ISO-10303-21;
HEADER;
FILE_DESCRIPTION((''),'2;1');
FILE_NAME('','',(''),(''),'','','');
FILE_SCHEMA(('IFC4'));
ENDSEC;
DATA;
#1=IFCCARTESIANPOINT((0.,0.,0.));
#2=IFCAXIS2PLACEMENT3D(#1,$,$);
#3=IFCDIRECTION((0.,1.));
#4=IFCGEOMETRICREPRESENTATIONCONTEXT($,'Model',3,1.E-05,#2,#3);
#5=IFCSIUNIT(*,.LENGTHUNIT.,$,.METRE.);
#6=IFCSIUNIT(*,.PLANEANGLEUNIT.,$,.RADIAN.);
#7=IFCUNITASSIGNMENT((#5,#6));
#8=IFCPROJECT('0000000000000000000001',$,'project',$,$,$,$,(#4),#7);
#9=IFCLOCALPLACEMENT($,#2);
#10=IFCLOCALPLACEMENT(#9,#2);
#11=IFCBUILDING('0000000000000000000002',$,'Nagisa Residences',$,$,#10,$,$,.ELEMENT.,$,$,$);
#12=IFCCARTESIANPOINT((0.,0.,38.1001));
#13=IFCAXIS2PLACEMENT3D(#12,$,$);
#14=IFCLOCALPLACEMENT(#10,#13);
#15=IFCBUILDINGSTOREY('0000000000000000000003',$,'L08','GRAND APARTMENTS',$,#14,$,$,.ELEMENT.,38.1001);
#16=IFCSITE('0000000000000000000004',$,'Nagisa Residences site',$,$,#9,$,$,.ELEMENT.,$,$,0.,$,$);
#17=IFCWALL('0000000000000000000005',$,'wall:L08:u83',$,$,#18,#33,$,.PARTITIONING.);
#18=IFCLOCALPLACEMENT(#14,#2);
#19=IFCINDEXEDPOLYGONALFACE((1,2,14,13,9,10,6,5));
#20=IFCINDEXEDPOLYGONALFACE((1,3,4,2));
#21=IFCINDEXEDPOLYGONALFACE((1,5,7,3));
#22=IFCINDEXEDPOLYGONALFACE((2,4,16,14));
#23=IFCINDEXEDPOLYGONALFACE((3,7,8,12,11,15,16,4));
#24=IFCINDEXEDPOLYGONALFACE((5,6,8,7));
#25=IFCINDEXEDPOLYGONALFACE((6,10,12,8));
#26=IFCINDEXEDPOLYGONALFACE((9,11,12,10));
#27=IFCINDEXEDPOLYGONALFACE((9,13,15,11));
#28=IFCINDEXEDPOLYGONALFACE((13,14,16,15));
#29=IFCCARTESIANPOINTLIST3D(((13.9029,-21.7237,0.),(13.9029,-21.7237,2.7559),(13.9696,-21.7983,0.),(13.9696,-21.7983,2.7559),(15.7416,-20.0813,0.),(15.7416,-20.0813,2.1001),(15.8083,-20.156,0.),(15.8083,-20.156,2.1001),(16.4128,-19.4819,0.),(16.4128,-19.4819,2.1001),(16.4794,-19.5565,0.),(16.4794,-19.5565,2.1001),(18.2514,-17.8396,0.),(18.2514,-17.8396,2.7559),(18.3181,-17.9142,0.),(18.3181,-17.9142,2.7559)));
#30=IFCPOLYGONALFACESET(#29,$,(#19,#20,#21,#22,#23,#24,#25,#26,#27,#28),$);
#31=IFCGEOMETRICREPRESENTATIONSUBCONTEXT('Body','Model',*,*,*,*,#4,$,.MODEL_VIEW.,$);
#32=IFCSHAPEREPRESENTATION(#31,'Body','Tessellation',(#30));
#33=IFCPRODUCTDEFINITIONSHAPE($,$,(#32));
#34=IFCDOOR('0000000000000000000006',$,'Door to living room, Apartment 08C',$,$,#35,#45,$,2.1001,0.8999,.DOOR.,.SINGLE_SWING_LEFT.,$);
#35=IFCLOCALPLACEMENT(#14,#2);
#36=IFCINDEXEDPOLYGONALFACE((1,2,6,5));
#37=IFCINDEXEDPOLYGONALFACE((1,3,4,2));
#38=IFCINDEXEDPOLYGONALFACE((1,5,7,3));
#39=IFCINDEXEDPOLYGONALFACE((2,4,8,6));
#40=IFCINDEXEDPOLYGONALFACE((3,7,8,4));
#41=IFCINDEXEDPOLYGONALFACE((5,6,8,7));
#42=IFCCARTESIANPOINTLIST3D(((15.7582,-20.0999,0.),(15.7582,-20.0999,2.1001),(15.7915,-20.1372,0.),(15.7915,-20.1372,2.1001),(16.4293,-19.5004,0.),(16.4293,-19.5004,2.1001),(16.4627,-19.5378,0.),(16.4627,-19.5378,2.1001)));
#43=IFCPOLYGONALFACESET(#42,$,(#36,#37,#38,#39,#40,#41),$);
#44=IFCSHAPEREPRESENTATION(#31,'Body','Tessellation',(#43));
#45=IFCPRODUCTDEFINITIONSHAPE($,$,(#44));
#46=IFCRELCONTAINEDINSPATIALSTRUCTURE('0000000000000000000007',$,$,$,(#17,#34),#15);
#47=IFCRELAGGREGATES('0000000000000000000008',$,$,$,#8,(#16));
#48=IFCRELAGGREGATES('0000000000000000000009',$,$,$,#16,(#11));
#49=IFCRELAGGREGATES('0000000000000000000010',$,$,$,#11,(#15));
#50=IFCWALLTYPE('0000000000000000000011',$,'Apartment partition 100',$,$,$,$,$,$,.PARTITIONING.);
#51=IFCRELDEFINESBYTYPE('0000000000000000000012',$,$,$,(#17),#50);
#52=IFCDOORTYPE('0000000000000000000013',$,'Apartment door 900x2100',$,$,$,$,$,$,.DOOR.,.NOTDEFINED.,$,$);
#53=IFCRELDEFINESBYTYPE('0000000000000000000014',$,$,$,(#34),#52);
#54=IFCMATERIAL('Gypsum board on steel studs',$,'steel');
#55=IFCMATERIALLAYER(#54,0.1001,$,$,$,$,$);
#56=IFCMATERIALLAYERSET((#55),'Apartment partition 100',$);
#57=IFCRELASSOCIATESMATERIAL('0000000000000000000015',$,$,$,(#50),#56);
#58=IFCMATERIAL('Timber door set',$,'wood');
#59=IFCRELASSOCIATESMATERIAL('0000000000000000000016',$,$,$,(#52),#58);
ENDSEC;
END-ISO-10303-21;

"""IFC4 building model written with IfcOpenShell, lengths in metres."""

from ifc_helpers import new_model, si_unit, direction, frame, frame_2d, origin, place, context, subcontext, project, spatial, rectangle, extrude, material, layer, layer_set, type_object, element, fill, save


model = new_model("IFC4")

# Units and contexts
model_context = context("Model", 3, precision=1e-05, world=origin(), true_north=direction((0.0, 1.0)))
body_context = subcontext(model_context, "Body", "Model", "MODEL_VIEW")
ifc_project = project(units=[si_unit("LENGTHUNIT", "METRE"), si_unit("PLANEANGLEUNIT", "RADIAN")], contexts=[model_context])

# Site, building, storey
site_placement = place(None, origin())
site = spatial("IfcSite", under=ifc_project, at=site_placement, Name="Nagisa Residences site", CompositionType="ELEMENT", RefElevation=0.0)
building_placement = place(site_placement, origin())
building = spatial("IfcBuilding", under=site, at=building_placement, Name="Nagisa Residences", CompositionType="ELEMENT")
storey_placement = place(building_placement, frame((0.0, 0.0, 38.1001)))
storey = spatial("IfcBuildingStorey", under=building, at=storey_placement, Name="L08", Description="GRAND APARTMENTS", CompositionType="ELEMENT", Elevation=38.1001)

# Shared definitions
ifc_material_1 = material(Name="Gypsum board on steel studs", Category="steel")
ifc_layer_1 = layer(ifc_material_1, 0.1001)
ifc_layer_set_1 = layer_set([ifc_layer_1], Name="Apartment partition 100")
wall_type_1 = type_object("IfcWallType", Name="Apartment partition 100", PredefinedType="PARTITIONING", material=ifc_layer_set_1)

# Shared definitions
ifc_material_2 = material(Name="Timber door set", Category="wood")
door_type_1 = type_object("IfcDoorType", Name="Apartment door 900x2100", OperationType="NOTDEFINED", PredefinedType="DOOR", material=ifc_material_2)

# Wall, opening, door
wall_1_placement = place(storey_placement, frame((13.9363, -21.761, 0.0), z_axis=(0.0, 0.0, 1.0), x_axis=(0.745806, 0.666163, 0.0)))
wall_1 = element("IfcWall", 1, at=wall_1_placement, inside=storey, type_object=wall_type_1, Name="wall:L08:u83", PredefinedType="PARTITIONING", context=body_context, shape_type="SweptSolid", body=[
    extrude(rectangle(XDim=5.8306, YDim=0.1001, at=frame_2d((2.9153, 0.0))), origin(), (0.0, 0.0, 1.0), 2.7559),
])
opening_1_placement = place(wall_1_placement, frame((2.4653, 0.0, 0.0)))
opening_1 = element("IfcOpeningElement", 2, at=opening_1_placement, cuts=wall_1, PredefinedType="OPENING", context=body_context, shape_type="SweptSolid", body=[
    extrude(rectangle(XDim=0.8999, YDim=2.1001, at=frame_2d((0.45, 1.05))), frame((0.0, 0.0601, 0.0), z_axis=(0.0, -1.0, 0.0), x_axis=(1.0, 0.0, 0.0)), (0.0, 0.0, 1.0), 0.1201),
])
door_1_placement = place(opening_1_placement, frame((0.8999, 0.0, 0.0), x_axis=(-1.0, 0.0, 0.0)))
door_1 = element("IfcDoor", 3, at=door_1_placement, inside=storey, type_object=door_type_1, Name="Door to living room, Apartment 08C", OperationType="SINGLE_SWING_LEFT", OverallHeight=2.1001, OverallWidth=0.8999, PredefinedType="DOOR", context=body_context, shape_type="SweptSolid", body=[
    extrude(rectangle(XDim=0.8999, YDim=2.1001, at=frame_2d((0.45, 1.05))), frame((0.0, 0.0249, 0.0), z_axis=(0.0, -1.0, 0.0), x_axis=(1.0, 0.0, 0.0)), (0.0, 0.0, 1.0), 0.05),
])
fill(opening_1, door_1)

save(model, "model.ifc")
